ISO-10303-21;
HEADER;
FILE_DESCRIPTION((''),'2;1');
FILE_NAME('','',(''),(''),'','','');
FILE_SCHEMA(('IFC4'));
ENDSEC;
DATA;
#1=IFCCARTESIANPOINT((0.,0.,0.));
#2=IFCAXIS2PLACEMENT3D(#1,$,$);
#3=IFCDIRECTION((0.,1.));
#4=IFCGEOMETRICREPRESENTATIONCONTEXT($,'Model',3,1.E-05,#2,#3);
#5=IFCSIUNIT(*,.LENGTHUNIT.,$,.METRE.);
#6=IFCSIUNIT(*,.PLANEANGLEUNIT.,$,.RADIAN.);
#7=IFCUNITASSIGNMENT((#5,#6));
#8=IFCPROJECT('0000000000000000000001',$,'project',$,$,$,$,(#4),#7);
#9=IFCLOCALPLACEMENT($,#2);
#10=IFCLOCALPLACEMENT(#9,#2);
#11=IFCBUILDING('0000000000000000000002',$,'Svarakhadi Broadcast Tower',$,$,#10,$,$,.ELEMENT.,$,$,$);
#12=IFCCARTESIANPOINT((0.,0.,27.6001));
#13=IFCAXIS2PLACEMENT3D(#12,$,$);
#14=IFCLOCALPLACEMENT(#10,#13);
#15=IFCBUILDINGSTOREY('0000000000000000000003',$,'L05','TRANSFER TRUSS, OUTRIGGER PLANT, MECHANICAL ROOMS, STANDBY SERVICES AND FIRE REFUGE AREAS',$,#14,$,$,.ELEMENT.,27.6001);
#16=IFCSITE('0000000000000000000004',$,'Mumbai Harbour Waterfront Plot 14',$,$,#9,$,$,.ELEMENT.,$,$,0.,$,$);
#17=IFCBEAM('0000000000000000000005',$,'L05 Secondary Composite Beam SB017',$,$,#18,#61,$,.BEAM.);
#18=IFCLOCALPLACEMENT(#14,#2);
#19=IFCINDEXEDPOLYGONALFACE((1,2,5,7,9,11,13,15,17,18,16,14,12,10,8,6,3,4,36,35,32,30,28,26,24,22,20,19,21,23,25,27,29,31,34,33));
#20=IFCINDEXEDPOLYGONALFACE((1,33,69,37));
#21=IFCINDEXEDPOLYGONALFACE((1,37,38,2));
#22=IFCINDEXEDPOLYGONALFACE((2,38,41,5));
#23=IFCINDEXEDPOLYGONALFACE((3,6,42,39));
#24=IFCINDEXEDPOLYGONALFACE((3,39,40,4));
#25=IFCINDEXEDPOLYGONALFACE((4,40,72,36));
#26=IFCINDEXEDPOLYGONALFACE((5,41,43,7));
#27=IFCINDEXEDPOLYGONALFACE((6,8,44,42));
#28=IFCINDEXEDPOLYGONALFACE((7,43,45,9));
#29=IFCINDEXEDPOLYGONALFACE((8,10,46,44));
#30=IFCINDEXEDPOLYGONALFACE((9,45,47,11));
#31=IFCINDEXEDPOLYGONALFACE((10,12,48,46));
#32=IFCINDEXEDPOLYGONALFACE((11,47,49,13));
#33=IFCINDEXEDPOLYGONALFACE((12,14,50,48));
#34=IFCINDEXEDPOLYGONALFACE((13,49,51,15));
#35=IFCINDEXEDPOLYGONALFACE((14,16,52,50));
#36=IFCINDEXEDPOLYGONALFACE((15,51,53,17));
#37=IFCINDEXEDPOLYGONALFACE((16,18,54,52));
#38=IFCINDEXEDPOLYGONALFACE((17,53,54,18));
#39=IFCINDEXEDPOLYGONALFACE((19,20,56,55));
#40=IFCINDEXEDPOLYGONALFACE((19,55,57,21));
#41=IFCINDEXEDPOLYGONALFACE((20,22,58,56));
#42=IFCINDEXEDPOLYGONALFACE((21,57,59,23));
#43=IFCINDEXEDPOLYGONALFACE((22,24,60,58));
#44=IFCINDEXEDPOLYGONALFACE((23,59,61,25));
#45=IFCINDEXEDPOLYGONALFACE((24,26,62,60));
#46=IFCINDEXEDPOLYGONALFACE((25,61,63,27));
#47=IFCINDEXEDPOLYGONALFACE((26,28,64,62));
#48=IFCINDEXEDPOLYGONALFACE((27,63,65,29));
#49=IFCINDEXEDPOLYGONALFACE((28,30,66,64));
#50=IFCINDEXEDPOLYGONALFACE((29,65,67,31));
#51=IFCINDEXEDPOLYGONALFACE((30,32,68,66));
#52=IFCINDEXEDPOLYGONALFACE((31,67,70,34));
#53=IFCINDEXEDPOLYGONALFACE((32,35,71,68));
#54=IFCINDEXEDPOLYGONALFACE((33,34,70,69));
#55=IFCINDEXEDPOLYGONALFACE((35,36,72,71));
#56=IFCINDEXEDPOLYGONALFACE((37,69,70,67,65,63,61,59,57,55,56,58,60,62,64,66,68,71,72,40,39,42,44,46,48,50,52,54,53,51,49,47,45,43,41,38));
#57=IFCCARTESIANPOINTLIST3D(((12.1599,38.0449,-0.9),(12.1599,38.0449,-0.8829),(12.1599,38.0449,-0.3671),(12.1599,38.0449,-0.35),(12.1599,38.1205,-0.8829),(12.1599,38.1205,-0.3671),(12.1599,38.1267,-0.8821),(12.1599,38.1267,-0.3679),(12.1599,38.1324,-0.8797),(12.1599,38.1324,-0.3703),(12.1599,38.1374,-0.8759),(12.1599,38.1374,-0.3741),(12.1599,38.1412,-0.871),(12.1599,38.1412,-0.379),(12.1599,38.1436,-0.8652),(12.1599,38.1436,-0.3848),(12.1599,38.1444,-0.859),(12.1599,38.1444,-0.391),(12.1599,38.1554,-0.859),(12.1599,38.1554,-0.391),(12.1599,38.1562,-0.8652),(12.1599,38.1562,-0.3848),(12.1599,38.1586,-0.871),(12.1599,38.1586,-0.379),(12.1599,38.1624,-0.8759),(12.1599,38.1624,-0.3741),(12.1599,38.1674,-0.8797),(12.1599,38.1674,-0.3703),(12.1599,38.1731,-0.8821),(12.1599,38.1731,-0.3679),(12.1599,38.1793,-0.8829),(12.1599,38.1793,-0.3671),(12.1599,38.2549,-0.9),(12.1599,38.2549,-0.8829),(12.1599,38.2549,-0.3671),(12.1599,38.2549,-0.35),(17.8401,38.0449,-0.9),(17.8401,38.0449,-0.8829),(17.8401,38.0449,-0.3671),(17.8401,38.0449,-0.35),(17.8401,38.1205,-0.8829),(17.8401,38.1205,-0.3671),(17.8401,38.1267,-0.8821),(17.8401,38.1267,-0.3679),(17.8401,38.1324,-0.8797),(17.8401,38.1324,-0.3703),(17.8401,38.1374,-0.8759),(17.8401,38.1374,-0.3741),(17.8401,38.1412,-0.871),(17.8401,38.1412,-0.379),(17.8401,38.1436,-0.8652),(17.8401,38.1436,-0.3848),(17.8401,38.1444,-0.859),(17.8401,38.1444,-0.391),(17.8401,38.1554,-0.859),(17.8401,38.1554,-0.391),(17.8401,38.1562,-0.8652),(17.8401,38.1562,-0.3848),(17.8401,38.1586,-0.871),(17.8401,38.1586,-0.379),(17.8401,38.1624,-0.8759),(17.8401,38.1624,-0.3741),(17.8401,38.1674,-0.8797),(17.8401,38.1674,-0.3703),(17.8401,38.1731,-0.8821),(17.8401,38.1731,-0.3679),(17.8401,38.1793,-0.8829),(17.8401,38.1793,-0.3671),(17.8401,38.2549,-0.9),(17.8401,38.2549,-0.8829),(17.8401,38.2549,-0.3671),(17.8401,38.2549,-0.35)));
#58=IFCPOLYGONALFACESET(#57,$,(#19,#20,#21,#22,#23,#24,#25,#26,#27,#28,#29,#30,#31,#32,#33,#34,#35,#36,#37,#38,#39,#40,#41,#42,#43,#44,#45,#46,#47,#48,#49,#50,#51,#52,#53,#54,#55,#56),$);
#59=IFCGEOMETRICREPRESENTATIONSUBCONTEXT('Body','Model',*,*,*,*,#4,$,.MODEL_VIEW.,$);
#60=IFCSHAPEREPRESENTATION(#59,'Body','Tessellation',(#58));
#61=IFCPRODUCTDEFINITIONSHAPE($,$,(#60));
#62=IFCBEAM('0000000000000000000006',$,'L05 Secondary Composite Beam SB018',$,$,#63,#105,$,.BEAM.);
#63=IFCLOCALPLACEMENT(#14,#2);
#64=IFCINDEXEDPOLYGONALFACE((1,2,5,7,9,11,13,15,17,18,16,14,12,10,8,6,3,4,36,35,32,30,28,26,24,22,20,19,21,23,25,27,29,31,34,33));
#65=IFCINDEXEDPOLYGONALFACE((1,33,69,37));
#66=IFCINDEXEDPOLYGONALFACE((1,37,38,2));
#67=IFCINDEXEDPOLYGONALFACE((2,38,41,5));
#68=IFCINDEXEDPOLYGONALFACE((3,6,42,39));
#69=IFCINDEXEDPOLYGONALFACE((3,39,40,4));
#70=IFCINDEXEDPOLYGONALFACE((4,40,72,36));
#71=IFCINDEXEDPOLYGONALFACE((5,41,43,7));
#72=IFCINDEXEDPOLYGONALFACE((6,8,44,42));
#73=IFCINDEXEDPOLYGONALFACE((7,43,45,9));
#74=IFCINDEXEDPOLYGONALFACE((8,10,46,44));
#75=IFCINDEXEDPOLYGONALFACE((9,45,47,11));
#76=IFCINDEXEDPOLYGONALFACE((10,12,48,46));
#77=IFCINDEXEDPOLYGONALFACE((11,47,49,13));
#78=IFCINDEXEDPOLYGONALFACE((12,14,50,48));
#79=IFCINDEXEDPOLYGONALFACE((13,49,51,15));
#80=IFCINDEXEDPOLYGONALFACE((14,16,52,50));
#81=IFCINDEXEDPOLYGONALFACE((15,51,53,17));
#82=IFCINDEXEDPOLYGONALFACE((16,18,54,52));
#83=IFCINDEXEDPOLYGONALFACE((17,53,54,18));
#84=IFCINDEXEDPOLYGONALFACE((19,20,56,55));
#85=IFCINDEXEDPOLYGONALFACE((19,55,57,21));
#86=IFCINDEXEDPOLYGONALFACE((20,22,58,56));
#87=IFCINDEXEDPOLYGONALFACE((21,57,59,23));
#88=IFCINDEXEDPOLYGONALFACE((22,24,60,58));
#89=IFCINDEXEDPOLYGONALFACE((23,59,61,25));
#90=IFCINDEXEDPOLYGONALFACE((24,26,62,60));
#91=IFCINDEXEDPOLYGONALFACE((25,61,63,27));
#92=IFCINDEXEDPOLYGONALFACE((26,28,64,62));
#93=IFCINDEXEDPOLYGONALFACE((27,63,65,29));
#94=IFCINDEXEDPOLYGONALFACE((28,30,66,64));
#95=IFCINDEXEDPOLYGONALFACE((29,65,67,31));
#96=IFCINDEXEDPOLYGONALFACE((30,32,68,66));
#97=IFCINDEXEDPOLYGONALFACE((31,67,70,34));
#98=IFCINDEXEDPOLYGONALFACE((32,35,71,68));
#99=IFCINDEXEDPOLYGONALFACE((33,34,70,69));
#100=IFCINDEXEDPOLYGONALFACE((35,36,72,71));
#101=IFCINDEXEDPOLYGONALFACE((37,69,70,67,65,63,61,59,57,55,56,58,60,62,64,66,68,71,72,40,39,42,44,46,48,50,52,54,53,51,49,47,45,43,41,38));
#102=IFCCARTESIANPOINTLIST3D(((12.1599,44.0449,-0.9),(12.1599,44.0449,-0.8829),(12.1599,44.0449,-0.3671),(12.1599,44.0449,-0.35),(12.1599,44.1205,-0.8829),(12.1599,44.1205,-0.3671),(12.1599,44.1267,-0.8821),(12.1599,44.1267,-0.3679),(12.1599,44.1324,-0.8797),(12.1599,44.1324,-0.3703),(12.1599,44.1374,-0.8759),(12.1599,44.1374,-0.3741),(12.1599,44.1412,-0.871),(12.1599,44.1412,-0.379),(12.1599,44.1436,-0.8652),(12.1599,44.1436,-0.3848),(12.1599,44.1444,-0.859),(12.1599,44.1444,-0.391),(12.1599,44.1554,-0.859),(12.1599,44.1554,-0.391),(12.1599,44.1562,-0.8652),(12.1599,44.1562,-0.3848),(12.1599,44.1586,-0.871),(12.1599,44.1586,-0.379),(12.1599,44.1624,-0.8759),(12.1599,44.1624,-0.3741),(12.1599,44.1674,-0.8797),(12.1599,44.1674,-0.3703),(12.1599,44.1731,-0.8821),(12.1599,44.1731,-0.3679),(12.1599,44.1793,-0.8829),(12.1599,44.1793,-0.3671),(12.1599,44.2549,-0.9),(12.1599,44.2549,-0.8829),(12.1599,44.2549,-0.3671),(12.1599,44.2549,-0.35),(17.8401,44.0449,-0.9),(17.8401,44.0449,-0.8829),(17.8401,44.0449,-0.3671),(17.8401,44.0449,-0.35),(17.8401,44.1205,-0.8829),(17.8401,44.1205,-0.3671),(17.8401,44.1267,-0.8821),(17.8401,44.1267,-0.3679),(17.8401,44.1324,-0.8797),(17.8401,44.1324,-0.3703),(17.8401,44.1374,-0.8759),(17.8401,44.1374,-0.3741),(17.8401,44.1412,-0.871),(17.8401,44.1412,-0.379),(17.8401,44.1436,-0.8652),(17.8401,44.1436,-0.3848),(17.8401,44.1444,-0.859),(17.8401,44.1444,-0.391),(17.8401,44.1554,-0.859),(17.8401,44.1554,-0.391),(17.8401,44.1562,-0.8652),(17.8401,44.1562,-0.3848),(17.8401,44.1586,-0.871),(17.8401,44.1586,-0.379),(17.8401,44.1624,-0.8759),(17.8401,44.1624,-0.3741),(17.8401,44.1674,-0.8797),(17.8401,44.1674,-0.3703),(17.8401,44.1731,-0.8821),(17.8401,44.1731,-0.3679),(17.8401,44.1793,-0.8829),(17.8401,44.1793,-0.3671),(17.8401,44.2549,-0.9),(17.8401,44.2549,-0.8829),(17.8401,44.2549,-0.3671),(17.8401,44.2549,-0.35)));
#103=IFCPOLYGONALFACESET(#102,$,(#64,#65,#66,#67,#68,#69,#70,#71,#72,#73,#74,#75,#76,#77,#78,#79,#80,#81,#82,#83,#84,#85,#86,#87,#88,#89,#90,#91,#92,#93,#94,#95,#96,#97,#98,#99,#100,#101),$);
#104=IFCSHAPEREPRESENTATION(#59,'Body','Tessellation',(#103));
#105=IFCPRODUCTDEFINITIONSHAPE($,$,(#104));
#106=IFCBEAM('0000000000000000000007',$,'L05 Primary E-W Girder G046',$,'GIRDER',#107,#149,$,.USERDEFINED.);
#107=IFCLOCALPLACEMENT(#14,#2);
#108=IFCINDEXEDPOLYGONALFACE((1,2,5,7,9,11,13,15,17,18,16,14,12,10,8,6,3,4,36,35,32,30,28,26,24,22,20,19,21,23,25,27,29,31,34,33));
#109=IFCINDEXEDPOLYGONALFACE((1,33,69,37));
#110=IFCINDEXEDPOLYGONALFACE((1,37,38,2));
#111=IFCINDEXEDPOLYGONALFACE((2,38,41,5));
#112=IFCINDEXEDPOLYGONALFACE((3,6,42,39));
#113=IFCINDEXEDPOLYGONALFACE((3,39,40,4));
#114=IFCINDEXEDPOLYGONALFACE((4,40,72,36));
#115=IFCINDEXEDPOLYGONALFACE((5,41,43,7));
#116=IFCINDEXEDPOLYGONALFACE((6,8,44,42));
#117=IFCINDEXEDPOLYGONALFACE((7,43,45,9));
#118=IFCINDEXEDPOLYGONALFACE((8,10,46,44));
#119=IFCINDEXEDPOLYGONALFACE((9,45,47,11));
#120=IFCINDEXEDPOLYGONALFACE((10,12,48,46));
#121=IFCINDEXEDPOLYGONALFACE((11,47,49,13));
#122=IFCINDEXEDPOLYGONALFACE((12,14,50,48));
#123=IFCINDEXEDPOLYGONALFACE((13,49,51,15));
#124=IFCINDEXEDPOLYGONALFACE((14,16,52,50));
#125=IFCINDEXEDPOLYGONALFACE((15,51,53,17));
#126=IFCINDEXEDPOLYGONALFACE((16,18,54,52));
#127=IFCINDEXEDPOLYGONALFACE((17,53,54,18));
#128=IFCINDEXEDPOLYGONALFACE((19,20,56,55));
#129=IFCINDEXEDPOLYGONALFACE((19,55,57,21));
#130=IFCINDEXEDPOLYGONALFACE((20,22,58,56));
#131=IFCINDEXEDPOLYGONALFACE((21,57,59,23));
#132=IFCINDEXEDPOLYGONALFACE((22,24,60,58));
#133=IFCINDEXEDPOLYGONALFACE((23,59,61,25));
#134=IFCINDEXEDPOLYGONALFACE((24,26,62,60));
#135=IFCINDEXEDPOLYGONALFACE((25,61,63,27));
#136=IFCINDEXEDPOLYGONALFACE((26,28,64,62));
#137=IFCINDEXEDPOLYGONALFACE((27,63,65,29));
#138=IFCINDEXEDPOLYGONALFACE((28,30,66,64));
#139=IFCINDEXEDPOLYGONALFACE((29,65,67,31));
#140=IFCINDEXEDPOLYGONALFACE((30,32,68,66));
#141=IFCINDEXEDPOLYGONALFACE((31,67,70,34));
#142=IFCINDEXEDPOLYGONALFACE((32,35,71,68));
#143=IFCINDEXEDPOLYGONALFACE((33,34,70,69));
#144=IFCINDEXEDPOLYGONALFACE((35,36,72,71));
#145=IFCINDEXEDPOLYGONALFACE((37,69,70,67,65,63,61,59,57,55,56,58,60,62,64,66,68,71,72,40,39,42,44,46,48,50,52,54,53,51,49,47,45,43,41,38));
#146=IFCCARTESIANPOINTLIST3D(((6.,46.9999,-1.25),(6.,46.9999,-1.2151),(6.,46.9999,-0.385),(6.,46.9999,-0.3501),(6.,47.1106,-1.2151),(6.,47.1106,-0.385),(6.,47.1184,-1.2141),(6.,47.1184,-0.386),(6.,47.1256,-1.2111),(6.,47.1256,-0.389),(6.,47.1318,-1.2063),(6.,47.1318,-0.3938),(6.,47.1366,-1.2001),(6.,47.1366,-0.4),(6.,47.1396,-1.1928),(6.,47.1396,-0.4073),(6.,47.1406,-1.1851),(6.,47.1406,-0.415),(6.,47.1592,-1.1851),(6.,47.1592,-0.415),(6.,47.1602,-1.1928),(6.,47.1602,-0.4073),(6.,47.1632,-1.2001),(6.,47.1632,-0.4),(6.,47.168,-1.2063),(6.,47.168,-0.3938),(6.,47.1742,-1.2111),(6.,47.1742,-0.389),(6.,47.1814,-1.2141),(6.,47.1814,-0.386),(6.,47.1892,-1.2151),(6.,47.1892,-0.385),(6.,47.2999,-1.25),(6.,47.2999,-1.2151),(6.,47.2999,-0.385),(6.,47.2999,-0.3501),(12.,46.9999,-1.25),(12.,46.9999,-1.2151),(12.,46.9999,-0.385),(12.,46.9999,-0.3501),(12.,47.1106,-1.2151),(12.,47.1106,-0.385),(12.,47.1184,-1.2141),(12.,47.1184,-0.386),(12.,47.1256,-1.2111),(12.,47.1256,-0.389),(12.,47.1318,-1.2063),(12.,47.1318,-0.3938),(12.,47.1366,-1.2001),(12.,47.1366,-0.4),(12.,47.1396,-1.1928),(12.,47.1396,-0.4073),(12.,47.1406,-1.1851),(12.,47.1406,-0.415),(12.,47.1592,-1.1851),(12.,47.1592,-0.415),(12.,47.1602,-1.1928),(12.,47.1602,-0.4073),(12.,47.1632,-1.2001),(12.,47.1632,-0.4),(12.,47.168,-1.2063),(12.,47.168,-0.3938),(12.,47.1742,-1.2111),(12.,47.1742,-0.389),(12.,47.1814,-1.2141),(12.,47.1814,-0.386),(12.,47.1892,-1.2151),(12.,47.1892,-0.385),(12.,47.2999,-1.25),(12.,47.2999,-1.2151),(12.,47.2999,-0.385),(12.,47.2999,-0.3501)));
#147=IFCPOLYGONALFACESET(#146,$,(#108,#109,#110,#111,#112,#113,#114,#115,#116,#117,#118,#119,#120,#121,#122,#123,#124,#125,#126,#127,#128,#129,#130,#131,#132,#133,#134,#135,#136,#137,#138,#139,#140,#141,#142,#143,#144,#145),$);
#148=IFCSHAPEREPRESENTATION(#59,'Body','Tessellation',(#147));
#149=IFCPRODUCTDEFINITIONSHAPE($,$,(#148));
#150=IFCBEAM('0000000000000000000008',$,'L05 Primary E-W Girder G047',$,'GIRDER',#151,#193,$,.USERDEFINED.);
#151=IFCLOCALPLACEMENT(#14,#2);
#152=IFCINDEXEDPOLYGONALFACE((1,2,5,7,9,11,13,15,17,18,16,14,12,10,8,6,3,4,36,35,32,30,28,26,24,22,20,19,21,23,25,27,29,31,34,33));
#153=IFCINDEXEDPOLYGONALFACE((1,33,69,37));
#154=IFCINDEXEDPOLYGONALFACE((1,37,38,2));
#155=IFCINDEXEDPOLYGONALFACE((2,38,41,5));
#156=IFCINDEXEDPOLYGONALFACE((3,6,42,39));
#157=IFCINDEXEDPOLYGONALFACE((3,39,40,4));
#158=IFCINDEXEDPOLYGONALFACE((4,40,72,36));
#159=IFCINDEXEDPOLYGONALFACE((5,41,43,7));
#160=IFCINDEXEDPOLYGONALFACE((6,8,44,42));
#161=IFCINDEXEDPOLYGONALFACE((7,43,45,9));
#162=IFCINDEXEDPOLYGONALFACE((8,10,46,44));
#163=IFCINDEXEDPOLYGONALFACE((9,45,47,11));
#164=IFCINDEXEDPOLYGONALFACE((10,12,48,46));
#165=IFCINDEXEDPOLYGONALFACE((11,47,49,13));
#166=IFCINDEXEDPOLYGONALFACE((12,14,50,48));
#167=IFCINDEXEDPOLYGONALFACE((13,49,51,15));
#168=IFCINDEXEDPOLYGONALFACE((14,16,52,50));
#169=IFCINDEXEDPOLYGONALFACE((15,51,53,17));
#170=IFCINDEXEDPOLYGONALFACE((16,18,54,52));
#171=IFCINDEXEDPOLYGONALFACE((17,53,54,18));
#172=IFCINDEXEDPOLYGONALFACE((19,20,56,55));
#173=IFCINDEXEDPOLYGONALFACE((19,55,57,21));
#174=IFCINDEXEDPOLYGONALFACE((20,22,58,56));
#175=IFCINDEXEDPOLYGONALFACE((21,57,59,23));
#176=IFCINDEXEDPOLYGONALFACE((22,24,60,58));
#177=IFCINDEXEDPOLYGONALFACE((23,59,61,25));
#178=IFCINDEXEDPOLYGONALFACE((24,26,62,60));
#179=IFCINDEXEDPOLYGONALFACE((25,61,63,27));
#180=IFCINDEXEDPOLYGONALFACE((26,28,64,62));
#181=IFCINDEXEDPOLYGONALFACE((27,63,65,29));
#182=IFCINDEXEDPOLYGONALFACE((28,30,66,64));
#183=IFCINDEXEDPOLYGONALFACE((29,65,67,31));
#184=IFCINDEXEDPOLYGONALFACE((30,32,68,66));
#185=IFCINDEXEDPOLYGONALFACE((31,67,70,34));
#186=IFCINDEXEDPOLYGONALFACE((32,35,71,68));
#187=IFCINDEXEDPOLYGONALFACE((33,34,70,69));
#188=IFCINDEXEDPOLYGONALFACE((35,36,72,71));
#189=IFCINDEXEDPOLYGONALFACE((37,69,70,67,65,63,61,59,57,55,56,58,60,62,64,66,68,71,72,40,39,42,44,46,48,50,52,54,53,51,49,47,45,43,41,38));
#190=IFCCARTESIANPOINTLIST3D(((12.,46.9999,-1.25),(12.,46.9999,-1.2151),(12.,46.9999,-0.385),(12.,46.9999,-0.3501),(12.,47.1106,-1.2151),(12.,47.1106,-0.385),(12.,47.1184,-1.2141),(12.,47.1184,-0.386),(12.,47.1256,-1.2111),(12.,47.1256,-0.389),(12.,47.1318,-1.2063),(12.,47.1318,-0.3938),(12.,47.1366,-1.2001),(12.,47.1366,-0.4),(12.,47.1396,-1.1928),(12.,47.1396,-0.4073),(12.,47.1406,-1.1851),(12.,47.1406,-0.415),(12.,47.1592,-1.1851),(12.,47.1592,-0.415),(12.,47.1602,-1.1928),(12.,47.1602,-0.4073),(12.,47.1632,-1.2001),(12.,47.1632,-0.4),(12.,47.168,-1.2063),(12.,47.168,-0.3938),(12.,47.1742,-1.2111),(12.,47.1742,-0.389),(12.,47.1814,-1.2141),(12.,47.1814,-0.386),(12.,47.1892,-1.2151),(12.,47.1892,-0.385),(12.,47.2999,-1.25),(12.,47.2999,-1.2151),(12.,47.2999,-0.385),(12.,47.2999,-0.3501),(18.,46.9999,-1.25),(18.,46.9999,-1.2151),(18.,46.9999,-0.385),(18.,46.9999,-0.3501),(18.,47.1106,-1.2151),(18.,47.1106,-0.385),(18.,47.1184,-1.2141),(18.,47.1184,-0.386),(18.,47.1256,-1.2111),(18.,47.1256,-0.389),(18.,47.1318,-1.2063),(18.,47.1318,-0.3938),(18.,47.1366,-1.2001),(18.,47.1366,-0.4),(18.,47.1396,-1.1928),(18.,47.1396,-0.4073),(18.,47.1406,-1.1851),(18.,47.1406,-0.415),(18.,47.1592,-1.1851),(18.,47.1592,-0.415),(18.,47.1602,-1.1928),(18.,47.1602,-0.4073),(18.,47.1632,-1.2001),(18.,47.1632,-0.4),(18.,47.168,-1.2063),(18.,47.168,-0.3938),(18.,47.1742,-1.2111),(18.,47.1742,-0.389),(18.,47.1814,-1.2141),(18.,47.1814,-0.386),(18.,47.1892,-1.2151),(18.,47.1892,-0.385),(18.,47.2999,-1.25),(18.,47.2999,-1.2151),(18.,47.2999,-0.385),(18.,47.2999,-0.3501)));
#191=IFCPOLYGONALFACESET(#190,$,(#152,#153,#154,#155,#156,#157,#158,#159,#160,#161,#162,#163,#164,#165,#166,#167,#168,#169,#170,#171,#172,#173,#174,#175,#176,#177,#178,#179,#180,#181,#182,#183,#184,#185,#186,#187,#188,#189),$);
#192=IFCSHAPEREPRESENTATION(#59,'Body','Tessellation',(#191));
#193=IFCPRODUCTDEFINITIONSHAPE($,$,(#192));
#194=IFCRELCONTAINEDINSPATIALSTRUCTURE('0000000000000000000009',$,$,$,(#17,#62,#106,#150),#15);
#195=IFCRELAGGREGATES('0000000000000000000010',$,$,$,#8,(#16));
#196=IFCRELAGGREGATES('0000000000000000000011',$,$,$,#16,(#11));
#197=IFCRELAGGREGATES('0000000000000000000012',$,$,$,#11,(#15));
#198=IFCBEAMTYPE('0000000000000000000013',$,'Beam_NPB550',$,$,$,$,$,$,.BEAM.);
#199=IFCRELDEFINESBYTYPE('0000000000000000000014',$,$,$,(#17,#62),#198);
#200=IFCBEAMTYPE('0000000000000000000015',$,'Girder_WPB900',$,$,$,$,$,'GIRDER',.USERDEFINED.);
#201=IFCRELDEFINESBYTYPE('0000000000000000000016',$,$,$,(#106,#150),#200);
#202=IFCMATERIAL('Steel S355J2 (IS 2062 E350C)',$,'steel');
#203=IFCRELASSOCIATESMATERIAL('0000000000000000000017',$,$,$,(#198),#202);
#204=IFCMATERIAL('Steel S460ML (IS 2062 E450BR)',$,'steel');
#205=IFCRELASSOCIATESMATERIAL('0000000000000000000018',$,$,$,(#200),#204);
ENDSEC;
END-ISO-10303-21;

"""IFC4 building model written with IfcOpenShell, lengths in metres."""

from ifc_helpers import new_model, si_unit, direction, frame, origin, origin_2d, place, context, subcontext, project, spatial, i_section, extrude, material, material_profile, profile_set, type_object, element, save


model = new_model("IFC4")

# Units and contexts
model_context = context("Model", 3, precision=1e-05, world=origin(), true_north=direction((0.0, 1.0)))
body_context = subcontext(model_context, "Body", "Model", "MODEL_VIEW")
ifc_project = project(units=[si_unit("LENGTHUNIT", "METRE"), si_unit("PLANEANGLEUNIT", "RADIAN")], contexts=[model_context])

# Site, building, storey
site_placement = place(None, origin())
site = spatial("IfcSite", under=ifc_project, at=site_placement, Name="Mumbai Harbour Waterfront Plot 14", CompositionType="ELEMENT", RefElevation=0.0)
building_placement = place(site_placement, origin())
building = spatial("IfcBuilding", under=site, at=building_placement, Name="Svarakhadi Broadcast Tower", CompositionType="ELEMENT")
storey_placement = place(building_placement, frame((0.0, 0.0, 27.6001)))
storey = spatial("IfcBuildingStorey", under=building, at=storey_placement, Name="L05", Description="TRANSFER TRUSS, OUTRIGGER PLANT, MECHANICAL ROOMS, STANDBY SERVICES AND FIRE REFUGE AREAS", CompositionType="ELEMENT", Elevation=27.6001)

# Shared definitions
ifc_material_1 = material(Name="Steel S460ML (IS 2062 E450BR)", Category="steel")

# Beams
ifc_material_2 = material(Name="Steel S355J2 (IS 2062 E350C)", Category="steel")
ifc_material_profile_1 = material_profile(ifc_material_2, i_section(OverallWidth=0.21, OverallDepth=0.55, WebThickness=0.011, FlangeThickness=0.0171, FilletRadius=0.0239, at=origin_2d()), Name="NPB 550x210x106")
ifc_profile_set_1 = profile_set([ifc_material_profile_1], Name="Steel S355J2 (IS 2062 E350C)")
beam_type_1 = type_object("IfcBeamType", Name="Beam_NPB550", PredefinedType="BEAM", material=ifc_profile_set_1)
for number, where, z_axis, x_axis, name in (
    (1, (12.1599, 38.1499, -0.625), (1.0, 0.0, 0.0), (0.0, 1.0, 0.0), "L05 Secondary Composite Beam SB017"),
    (2, (12.1599, 44.1499, -0.625), (1.0, 0.0, 0.0), (0.0, 1.0, 0.0), "L05 Secondary Composite Beam SB018"),
):
    element("IfcBeam", number, at=place(storey_placement, frame(where, z_axis=z_axis, x_axis=x_axis)), inside=storey, type_object=beam_type_1, Name=name, PredefinedType="BEAM", context=body_context, shape_type="SweptSolid", body=[
        extrude(i_section(OverallWidth=0.21, OverallDepth=0.55, WebThickness=0.011, FlangeThickness=0.0171, FilletRadius=0.0239, at=origin_2d()), origin(), (0.0, 0.0, 1.0), 5.6802),
    ])
ifc_material_profile_2 = material_profile(ifc_material_1, i_section(OverallWidth=0.3, OverallDepth=0.8999, WebThickness=0.0186, FlangeThickness=0.0349, FilletRadius=0.03, at=origin_2d()), Name="WPB 900x300x291")
ifc_profile_set_2 = profile_set([ifc_material_profile_2], Name="Steel S460ML (IS 2062 E450BR)")
beam_type_2 = type_object("IfcBeamType", Name="Girder_WPB900", ElementType="GIRDER", PredefinedType="USERDEFINED", material=ifc_profile_set_2)
for number, where, z_axis, x_axis, name in (
    (3, (6.0, 47.1499, -0.8), (1.0, 0.0, 0.0), (0.0, 1.0, 0.0), "L05 Primary E-W Girder G046"),
    (4, (12.0, 47.1499, -0.8), (1.0, 0.0, 0.0), (0.0, 1.0, 0.0), "L05 Primary E-W Girder G047"),
):
    element("IfcBeam", number, at=place(storey_placement, frame(where, z_axis=z_axis, x_axis=x_axis)), inside=storey, type_object=beam_type_2, Name=name, ObjectType="GIRDER", PredefinedType="USERDEFINED", context=body_context, shape_type="SweptSolid", body=[
        extrude(i_section(OverallWidth=0.3, OverallDepth=0.8999, WebThickness=0.0186, FlangeThickness=0.0349, FilletRadius=0.03, at=origin_2d()), origin(), (0.0, 0.0, 1.0), 6.0),
    ])

save(model, "model.ifc")
